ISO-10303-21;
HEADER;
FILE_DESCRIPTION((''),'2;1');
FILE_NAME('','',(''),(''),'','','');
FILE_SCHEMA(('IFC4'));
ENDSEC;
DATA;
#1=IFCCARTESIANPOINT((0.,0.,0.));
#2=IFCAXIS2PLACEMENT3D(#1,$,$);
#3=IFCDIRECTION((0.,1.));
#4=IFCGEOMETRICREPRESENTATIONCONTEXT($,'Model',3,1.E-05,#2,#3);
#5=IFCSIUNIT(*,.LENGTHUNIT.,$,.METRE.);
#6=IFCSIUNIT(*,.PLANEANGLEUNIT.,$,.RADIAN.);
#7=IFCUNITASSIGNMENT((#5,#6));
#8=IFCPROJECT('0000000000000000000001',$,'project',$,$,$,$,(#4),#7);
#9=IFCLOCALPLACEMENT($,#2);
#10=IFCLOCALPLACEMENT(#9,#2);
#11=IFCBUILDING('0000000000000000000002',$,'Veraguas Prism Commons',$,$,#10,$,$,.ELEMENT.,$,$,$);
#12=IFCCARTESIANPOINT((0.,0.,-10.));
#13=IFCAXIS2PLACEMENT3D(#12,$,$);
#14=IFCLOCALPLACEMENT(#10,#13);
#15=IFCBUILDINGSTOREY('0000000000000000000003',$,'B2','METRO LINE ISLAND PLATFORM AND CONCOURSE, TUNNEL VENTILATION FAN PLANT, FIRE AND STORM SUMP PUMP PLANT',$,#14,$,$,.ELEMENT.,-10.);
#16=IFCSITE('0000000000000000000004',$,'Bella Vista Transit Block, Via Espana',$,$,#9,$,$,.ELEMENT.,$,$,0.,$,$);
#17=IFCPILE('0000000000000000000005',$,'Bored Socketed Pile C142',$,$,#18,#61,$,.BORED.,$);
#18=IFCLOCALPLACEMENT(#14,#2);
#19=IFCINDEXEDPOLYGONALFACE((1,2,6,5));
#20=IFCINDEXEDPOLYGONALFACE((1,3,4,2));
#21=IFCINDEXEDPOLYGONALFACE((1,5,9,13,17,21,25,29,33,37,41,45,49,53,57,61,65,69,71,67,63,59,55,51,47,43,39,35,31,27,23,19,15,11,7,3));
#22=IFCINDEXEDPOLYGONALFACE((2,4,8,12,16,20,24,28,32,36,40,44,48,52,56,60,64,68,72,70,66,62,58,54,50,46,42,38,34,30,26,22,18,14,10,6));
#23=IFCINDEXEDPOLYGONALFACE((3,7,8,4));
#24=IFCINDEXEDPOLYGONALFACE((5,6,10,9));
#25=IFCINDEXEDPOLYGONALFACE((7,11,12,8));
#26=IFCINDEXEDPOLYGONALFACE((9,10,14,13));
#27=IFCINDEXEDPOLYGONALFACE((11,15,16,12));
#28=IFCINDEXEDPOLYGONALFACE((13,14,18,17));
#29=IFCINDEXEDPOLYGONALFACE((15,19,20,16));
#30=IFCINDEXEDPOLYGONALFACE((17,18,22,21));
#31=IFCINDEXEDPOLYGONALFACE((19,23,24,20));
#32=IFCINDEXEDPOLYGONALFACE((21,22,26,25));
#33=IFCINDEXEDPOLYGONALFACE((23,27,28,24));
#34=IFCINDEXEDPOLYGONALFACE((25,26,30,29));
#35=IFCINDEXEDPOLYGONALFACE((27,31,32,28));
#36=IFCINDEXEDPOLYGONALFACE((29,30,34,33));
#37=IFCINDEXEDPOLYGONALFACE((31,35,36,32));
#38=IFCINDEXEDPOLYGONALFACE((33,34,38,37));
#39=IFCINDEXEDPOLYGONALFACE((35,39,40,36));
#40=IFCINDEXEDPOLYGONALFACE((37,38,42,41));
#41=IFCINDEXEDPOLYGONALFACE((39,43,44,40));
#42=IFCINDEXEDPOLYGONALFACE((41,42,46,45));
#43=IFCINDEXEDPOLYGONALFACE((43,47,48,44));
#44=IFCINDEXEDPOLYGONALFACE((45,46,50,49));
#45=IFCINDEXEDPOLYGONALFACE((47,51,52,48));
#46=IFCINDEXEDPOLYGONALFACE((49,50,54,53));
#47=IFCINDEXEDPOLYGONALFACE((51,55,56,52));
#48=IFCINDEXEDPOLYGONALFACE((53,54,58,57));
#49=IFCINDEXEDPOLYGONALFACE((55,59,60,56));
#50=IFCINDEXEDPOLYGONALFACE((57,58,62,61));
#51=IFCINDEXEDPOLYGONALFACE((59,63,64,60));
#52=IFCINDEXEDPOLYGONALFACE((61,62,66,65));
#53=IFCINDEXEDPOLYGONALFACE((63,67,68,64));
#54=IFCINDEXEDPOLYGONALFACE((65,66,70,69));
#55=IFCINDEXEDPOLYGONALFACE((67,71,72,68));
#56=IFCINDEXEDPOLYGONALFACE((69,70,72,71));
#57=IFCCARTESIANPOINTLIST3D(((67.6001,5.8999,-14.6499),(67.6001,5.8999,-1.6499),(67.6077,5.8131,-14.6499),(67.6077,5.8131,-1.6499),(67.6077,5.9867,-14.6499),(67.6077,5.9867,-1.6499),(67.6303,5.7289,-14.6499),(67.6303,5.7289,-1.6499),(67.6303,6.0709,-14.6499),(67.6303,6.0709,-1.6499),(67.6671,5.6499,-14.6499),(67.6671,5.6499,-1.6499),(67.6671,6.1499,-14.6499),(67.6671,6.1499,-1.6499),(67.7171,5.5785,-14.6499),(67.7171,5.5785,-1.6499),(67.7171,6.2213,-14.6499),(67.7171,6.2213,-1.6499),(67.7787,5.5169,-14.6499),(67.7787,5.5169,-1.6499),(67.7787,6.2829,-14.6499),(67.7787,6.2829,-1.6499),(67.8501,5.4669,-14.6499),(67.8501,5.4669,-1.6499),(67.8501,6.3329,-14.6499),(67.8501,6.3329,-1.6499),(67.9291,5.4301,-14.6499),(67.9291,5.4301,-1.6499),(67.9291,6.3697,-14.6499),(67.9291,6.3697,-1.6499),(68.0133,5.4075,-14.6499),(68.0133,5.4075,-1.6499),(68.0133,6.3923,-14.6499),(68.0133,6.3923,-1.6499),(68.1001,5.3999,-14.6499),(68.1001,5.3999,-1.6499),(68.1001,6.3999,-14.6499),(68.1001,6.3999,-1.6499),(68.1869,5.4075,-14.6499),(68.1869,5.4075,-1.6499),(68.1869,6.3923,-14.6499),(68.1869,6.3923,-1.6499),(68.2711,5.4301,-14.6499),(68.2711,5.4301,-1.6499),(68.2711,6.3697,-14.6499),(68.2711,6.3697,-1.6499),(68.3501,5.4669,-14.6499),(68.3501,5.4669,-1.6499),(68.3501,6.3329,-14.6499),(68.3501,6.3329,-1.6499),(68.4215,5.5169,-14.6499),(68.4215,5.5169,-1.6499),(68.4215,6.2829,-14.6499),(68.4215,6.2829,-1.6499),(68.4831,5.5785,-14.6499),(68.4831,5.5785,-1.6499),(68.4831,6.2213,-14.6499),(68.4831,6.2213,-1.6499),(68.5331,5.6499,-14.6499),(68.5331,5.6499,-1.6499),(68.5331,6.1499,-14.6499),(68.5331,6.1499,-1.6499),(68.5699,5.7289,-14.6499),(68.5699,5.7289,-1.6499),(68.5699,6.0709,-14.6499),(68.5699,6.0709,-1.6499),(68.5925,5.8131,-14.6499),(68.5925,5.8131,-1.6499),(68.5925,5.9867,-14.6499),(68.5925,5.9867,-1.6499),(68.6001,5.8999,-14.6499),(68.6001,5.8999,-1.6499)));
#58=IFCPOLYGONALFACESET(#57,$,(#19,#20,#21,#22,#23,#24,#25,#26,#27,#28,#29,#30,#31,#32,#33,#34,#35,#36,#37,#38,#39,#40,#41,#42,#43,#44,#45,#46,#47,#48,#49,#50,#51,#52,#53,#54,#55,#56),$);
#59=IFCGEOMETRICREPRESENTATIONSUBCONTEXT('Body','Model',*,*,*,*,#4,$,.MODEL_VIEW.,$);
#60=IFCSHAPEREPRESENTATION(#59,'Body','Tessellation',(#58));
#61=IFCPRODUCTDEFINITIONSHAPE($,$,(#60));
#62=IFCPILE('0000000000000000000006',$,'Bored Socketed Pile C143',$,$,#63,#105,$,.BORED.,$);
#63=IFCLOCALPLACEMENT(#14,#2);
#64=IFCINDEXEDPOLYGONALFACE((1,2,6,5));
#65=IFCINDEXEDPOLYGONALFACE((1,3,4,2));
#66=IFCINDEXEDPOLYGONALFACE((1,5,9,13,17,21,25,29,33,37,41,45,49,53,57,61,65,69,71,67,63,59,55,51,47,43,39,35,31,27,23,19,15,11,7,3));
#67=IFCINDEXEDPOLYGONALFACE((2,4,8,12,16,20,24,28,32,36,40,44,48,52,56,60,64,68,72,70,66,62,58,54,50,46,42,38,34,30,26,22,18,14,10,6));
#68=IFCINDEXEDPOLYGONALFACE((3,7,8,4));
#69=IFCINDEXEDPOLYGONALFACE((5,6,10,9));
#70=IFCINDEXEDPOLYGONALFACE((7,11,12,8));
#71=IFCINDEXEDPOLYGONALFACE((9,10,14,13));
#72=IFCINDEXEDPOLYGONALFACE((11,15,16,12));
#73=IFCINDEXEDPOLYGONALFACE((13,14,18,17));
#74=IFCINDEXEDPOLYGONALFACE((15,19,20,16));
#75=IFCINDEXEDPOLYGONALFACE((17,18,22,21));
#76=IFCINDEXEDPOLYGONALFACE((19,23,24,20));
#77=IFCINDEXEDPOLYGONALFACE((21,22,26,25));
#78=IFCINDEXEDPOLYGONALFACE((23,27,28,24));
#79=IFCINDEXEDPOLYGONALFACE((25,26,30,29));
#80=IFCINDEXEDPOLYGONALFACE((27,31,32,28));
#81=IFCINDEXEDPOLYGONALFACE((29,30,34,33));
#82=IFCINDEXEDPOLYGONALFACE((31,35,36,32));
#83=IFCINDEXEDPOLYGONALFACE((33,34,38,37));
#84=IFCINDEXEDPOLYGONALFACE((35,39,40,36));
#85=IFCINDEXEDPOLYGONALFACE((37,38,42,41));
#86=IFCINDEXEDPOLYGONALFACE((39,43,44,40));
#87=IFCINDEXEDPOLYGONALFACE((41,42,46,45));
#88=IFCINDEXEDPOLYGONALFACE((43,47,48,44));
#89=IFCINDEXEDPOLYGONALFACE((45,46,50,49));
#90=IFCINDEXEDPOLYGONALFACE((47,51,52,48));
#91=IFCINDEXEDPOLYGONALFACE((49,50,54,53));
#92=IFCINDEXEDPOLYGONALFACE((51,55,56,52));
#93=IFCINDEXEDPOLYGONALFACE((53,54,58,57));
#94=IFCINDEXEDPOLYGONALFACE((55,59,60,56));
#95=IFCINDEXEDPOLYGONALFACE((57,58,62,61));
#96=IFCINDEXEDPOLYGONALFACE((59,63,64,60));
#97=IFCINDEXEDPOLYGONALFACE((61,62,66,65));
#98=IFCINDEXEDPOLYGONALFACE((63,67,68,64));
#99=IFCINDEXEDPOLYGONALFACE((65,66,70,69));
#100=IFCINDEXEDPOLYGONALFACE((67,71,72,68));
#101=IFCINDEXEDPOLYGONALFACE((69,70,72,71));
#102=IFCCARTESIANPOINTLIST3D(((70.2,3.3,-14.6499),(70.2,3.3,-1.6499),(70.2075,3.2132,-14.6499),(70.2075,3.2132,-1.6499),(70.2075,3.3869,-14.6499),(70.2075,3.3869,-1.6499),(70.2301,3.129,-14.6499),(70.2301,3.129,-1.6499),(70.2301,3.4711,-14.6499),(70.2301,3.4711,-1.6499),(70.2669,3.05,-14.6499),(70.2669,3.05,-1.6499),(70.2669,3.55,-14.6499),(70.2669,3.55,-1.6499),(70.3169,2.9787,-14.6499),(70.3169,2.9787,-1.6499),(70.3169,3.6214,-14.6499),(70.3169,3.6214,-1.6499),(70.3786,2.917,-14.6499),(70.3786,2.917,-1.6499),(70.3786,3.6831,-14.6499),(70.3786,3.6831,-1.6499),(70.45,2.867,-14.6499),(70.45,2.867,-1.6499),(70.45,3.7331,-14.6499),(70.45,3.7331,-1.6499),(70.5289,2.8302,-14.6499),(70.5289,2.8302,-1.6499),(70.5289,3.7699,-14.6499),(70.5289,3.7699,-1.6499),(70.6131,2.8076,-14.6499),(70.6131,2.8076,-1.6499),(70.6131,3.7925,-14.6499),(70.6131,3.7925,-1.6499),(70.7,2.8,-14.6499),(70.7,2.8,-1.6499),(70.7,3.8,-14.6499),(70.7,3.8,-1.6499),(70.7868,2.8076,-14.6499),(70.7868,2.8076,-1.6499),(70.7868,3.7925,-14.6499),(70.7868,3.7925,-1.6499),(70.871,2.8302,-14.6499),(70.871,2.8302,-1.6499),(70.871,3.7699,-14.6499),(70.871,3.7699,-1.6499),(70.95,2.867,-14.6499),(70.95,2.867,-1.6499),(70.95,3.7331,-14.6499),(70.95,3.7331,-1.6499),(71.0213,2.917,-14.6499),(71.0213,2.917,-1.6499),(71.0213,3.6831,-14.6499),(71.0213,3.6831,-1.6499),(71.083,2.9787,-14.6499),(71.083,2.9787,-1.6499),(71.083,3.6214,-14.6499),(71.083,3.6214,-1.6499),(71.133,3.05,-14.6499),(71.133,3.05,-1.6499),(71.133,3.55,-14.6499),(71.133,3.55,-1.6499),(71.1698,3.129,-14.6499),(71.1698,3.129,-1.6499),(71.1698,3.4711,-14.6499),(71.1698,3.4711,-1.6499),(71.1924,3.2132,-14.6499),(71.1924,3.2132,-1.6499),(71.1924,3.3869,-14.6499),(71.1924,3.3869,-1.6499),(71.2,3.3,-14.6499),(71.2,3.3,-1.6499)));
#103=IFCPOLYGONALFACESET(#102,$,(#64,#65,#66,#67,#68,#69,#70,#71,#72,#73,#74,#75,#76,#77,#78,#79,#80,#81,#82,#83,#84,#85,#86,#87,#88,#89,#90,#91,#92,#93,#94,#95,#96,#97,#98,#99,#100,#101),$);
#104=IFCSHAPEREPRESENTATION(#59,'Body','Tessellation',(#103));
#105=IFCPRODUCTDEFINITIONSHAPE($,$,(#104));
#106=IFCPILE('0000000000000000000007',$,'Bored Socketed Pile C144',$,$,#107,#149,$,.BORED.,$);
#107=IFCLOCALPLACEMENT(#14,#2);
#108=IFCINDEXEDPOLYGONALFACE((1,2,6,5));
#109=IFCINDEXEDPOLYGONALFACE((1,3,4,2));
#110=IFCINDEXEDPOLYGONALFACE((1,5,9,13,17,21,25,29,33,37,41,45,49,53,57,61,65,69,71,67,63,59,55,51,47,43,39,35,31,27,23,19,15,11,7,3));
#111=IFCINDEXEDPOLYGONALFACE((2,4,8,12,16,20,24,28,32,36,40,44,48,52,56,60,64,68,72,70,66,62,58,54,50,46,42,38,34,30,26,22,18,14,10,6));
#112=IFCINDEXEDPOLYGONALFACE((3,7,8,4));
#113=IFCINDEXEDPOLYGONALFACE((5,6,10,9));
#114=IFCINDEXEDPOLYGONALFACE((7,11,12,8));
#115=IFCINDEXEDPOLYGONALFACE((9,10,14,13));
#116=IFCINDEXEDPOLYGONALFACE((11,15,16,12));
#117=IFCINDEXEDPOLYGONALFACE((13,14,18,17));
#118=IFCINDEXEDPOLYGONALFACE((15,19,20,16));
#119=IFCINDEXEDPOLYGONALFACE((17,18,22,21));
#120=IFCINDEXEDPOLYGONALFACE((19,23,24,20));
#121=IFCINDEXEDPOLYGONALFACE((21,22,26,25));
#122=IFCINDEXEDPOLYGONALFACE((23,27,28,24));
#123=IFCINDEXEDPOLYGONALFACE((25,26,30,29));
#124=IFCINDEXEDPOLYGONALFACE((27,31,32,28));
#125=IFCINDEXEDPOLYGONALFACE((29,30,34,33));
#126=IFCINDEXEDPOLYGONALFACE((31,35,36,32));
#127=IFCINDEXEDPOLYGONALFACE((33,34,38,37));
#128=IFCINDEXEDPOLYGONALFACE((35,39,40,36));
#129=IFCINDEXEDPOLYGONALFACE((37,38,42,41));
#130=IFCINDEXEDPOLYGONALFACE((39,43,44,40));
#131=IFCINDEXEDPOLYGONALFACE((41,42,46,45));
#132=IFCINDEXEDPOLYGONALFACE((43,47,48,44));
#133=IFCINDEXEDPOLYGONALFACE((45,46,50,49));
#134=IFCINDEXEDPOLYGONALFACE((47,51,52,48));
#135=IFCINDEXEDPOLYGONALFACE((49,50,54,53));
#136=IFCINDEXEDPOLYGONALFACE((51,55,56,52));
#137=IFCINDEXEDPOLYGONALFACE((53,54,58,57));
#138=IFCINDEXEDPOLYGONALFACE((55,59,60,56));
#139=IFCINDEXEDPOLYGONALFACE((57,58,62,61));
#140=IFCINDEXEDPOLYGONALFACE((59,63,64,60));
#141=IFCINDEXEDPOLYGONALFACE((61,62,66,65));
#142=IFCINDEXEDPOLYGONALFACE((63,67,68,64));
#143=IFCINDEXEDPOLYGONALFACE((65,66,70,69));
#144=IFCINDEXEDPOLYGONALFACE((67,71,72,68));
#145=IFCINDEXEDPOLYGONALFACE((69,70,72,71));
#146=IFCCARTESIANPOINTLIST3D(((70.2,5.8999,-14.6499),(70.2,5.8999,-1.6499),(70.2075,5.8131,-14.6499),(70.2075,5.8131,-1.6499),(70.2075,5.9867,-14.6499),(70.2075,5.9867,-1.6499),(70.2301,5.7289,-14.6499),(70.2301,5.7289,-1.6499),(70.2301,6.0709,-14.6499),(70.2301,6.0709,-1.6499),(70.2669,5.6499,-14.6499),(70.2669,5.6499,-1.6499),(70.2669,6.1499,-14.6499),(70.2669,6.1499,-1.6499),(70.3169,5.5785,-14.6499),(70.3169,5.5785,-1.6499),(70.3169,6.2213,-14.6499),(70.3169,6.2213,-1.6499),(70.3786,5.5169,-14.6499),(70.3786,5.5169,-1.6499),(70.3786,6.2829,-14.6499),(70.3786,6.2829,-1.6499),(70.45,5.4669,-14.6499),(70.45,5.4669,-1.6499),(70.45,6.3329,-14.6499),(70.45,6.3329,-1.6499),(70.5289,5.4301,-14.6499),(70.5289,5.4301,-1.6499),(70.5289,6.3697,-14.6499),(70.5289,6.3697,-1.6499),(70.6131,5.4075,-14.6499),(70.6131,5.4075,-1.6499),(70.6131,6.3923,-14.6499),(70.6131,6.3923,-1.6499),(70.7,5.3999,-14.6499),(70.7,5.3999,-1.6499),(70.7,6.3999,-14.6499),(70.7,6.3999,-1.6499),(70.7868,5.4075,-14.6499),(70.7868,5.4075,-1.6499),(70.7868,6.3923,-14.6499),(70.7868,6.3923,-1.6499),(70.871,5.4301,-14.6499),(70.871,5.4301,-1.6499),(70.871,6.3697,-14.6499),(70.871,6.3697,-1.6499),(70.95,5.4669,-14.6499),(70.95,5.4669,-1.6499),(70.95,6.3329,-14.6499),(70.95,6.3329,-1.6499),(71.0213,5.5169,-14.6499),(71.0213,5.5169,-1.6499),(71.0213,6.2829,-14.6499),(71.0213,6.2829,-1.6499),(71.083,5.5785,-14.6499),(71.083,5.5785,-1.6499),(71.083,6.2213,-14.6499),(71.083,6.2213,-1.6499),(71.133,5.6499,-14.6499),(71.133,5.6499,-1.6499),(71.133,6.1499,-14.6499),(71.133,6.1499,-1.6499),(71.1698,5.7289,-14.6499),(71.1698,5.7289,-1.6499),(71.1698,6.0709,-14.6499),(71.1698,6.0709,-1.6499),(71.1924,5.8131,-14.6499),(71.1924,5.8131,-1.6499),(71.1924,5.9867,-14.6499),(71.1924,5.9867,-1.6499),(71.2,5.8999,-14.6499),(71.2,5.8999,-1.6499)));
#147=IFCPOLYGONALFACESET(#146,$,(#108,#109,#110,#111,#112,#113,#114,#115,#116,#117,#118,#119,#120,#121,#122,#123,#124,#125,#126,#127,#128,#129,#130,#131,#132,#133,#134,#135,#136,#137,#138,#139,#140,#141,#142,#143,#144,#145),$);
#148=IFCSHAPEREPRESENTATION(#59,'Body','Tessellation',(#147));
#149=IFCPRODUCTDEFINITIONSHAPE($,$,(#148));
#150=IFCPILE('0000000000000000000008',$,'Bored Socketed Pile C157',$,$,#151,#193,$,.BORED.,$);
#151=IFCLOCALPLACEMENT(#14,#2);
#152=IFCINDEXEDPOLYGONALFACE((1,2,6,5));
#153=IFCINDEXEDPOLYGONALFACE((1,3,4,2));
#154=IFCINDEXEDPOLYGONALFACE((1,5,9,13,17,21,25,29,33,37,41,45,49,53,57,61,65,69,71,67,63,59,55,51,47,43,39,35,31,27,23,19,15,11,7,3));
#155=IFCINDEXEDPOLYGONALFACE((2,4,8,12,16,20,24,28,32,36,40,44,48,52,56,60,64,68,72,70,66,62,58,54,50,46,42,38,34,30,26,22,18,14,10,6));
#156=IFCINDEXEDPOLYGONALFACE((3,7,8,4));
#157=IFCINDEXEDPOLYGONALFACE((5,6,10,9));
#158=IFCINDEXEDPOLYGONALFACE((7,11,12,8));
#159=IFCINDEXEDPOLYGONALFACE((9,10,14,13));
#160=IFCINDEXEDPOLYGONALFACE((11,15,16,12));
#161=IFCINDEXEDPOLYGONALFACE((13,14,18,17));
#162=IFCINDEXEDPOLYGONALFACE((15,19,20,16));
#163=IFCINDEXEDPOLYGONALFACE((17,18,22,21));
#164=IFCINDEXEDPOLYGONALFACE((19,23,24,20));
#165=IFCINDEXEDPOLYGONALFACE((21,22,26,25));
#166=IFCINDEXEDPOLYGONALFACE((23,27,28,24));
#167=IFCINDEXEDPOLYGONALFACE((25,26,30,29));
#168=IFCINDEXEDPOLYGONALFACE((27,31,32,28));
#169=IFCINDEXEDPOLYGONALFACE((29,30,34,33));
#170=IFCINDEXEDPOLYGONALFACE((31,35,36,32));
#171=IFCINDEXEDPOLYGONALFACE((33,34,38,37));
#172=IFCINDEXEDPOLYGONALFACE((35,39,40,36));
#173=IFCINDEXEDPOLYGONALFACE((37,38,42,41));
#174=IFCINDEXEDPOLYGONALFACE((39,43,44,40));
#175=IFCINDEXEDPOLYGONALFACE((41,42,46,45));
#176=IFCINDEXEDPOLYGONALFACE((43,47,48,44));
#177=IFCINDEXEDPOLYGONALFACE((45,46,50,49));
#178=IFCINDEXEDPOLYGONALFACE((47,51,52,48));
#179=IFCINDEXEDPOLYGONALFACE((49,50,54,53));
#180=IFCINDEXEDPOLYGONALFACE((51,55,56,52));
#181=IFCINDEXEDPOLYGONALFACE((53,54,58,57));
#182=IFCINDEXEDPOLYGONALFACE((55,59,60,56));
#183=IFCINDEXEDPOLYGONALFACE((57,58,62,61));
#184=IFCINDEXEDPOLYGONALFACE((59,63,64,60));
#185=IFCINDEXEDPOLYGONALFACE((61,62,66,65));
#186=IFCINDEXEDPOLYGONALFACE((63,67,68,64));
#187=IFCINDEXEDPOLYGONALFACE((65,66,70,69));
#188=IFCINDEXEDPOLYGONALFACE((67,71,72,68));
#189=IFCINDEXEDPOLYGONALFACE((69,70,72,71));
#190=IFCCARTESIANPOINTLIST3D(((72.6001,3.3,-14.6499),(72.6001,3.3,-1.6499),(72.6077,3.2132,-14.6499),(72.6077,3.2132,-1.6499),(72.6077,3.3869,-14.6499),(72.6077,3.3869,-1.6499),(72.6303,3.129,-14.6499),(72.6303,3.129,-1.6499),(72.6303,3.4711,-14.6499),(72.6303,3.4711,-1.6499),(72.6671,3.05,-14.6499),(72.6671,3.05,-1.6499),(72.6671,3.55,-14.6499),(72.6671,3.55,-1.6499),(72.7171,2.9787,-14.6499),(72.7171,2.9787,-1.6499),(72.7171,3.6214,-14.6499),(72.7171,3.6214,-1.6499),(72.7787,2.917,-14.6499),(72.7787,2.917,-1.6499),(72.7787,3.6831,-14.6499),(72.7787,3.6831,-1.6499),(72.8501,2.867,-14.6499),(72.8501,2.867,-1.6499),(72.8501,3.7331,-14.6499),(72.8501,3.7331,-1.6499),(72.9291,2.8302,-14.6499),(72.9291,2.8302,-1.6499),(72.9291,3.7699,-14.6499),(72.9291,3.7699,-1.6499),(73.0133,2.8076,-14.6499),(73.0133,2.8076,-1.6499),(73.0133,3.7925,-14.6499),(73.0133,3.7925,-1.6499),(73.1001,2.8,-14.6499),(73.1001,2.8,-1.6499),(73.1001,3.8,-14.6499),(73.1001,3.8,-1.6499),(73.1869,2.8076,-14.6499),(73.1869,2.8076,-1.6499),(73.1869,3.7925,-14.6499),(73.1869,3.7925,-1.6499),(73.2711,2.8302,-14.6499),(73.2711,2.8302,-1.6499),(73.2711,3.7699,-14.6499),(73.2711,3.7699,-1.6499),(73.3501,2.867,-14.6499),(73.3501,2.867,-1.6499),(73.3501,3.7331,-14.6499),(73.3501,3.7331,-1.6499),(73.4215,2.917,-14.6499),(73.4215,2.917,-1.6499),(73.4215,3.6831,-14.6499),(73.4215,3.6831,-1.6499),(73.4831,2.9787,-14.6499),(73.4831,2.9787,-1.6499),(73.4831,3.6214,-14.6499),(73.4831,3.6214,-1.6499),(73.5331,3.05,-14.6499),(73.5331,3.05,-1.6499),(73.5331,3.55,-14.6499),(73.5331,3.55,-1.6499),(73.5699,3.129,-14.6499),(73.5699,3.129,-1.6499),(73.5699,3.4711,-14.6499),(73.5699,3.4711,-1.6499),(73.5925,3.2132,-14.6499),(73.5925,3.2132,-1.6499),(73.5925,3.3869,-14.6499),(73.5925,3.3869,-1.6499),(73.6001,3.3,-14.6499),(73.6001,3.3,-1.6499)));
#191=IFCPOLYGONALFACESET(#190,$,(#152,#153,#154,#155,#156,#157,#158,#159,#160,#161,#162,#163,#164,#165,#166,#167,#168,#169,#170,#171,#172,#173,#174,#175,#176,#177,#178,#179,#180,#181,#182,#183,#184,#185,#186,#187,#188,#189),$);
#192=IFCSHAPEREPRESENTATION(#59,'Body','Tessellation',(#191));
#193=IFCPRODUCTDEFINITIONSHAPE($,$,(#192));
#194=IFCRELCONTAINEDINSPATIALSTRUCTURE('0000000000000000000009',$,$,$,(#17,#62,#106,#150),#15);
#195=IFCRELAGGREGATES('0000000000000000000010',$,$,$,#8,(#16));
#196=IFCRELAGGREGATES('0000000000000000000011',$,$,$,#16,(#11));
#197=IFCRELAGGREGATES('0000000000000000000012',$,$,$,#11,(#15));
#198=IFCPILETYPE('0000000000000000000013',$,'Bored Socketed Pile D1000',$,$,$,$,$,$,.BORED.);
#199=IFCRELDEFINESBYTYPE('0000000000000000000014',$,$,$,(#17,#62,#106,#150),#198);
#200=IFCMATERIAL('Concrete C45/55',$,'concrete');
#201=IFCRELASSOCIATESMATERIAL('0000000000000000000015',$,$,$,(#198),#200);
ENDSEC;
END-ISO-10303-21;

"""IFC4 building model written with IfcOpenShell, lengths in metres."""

from ifc_helpers import new_model, si_unit, direction, frame, origin, origin_2d, place, context, subcontext, project, spatial, circle, extrude, source, transform, mapped, material, material_profile, profile_set, type_object, element, save


model = new_model("IFC4")

# Units and contexts
model_context = context("Model", 3, precision=1e-05, world=origin(), true_north=direction((0.0, 1.0)))
body_context = subcontext(model_context, "Body", "Model", "MODEL_VIEW")
ifc_project = project(units=[si_unit("LENGTHUNIT", "METRE"), si_unit("PLANEANGLEUNIT", "RADIAN")], contexts=[model_context])

# Site, building, storey
site_placement = place(None, origin())
site = spatial("IfcSite", under=ifc_project, at=site_placement, Name="Bella Vista Transit Block, Via Espana", CompositionType="ELEMENT", RefElevation=0.0)
building_placement = place(site_placement, origin())
building = spatial("IfcBuilding", under=site, at=building_placement, Name="Veraguas Prism Commons", CompositionType="ELEMENT")
storey_placement = place(building_placement, frame((0.0, 0.0, -10.0)))
storey = spatial("IfcBuildingStorey", under=building, at=storey_placement, Name="B2", Description="METRO LINE ISLAND PLATFORM AND CONCOURSE, TUNNEL VENTILATION FAN PLANT, FIRE AND STORM SUMP PUMP PLANT", CompositionType="ELEMENT", Elevation=-10.0)

# Shared definitions
ifc_material_1 = material(Name="Concrete C45/55", Category="concrete")

# Piles
ifc_material_profile_1 = material_profile(ifc_material_1, circle(Radius=0.5, at=origin_2d()), Name="PILE1000")
ifc_profile_set_1 = profile_set([ifc_material_profile_1], Name="Concrete C45/55")
pile_type = type_object("IfcPileType", Name="Bored Socketed Pile D1000", PredefinedType="BORED", material=ifc_profile_set_1)
shared_shape_1 = source(origin(), body_context, "Body", "SweptSolid", [
    extrude(circle(Radius=0.5, at=origin_2d()), origin(), (0.0, 0.0, 1.0), 13.0),
])
for number, where, z_axis, x_axis, name in (
    (1, (68.1001, 5.8999, -1.6499), (0.0, 0.0, -1.0), (1.0, 0.0, 0.0), "Bored Socketed Pile C142"),
    (2, (70.7, 3.3, -1.6499), (0.0, 0.0, -1.0), (1.0, 0.0, 0.0), "Bored Socketed Pile C143"),
    (3, (70.7, 5.8999, -1.6499), (0.0, 0.0, -1.0), (1.0, 0.0, 0.0), "Bored Socketed Pile C144"),
    (4, (73.1001, 3.3, -1.6499), (0.0, 0.0, -1.0), (1.0, 0.0, 0.0), "Bored Socketed Pile C157"),
):
    element("IfcPile", number, at=place(storey_placement, frame(where, z_axis=z_axis, x_axis=x_axis)), inside=storey, type_object=pile_type, Name=name, PredefinedType="BORED", context=body_context, shape_type="MappedRepresentation", body=[
        mapped(shared_shape_1, transform((0.0, 0.0, 0.0), scale=1.0)),
    ])

save(model, "model.ifc")
